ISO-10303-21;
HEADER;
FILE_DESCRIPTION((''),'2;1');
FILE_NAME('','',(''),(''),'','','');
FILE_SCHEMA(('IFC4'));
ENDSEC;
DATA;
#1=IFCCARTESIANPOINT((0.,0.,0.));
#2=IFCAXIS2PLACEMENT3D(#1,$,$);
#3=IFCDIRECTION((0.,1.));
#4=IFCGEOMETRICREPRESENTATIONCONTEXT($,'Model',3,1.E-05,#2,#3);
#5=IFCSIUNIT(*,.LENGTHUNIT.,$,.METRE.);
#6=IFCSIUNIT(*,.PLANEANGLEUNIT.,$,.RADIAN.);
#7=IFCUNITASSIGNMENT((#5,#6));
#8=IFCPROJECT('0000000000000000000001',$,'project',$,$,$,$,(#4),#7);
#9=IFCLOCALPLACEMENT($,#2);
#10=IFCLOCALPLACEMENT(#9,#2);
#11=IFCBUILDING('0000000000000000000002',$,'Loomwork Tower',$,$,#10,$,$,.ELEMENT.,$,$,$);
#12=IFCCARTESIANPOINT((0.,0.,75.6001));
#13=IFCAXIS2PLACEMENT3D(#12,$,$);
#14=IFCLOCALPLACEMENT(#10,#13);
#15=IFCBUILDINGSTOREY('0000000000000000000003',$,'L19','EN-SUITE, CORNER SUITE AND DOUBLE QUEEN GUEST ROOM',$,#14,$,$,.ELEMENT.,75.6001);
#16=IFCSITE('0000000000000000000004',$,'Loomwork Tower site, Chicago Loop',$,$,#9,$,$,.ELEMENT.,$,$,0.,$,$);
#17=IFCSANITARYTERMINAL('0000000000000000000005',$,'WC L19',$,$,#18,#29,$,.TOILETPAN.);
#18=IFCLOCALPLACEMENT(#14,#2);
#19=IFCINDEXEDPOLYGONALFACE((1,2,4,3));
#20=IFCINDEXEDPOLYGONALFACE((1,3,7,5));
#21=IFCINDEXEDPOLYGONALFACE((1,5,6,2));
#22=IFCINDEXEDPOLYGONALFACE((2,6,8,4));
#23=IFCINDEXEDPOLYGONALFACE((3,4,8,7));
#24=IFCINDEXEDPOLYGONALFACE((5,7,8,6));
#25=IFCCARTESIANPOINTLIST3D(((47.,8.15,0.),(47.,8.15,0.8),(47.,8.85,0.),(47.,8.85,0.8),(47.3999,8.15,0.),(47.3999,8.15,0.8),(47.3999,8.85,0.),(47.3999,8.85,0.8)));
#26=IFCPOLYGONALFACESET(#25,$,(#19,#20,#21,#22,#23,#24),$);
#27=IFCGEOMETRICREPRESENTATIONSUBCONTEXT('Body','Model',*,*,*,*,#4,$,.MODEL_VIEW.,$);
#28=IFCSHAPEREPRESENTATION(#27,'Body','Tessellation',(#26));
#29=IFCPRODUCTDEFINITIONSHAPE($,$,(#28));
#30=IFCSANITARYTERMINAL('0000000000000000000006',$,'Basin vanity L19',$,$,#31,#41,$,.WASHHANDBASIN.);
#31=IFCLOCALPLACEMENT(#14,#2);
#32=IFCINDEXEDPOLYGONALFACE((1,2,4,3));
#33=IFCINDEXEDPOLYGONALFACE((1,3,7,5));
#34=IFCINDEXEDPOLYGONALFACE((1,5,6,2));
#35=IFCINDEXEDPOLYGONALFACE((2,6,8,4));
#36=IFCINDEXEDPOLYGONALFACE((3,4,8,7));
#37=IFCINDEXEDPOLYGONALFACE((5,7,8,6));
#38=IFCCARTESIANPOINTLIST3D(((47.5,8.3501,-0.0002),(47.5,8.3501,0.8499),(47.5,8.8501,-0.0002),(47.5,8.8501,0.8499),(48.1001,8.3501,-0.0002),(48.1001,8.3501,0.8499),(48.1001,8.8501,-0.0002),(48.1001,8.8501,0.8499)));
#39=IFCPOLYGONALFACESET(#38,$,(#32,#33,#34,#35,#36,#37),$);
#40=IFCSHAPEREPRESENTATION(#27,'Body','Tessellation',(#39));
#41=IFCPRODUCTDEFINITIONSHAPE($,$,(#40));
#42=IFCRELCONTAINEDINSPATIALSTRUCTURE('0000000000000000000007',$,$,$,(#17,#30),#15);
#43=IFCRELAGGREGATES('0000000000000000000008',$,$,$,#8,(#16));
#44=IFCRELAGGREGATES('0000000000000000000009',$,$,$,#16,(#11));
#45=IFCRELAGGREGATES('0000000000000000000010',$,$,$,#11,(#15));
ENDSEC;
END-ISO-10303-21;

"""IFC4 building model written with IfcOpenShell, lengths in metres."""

from ifc_helpers import new_model, si_unit, direction, frame, origin, origin_2d, place, context, subcontext, project, spatial, rectangle, extrude, element, save


model = new_model("IFC4")

# Units and contexts
model_context = context("Model", 3, precision=1e-05, world=origin(), true_north=direction((0.0, 1.0)))
body_context = subcontext(model_context, "Body", "Model", "MODEL_VIEW")
ifc_project = project(units=[si_unit("LENGTHUNIT", "METRE"), si_unit("PLANEANGLEUNIT", "RADIAN")], contexts=[model_context])

# Site, building, storey
site_placement = place(None, origin())
site = spatial("IfcSite", under=ifc_project, at=site_placement, Name="Loomwork Tower site, Chicago Loop", CompositionType="ELEMENT", RefElevation=0.0)
building_placement = place(site_placement, origin())
building = spatial("IfcBuilding", under=site, at=building_placement, Name="Loomwork Tower", CompositionType="ELEMENT")
storey_placement = place(building_placement, frame((0.0, 0.0, 75.6001)))
storey = spatial("IfcBuildingStorey", under=building, at=storey_placement, Name="L19", Description="EN-SUITE, CORNER SUITE AND DOUBLE QUEEN GUEST ROOM", CompositionType="ELEMENT", Elevation=75.6001)

# Sanitary terminals
sanitary_terminal_1_placement = place(storey_placement, frame((47.2, 8.5, 0.0), z_axis=(0.0, 0.0, 1.0), x_axis=(1.0, 0.0, 0.0)))
element("IfcSanitaryTerminal", 1, at=sanitary_terminal_1_placement, inside=storey, Name="WC L19", PredefinedType="TOILETPAN", context=body_context, shape_type="SweptSolid", body=[
    extrude(rectangle(XDim=0.3999, YDim=0.7, at=origin_2d()), origin(), (0.0, 0.0, 1.0), 0.8),
])
sanitary_terminal_2_placement = place(storey_placement, frame((47.8, 8.6001, -0.0002), z_axis=(0.0, 0.0, 1.0), x_axis=(1.0, 0.0, 0.0)))
element("IfcSanitaryTerminal", 2, at=sanitary_terminal_2_placement, inside=storey, Name="Basin vanity L19", PredefinedType="WASHHANDBASIN", context=body_context, shape_type="SweptSolid", body=[
    extrude(rectangle(XDim=0.6001, YDim=0.5, at=origin_2d()), origin(), (0.0, 0.0, 1.0), 0.8501),
])

save(model, "model.ifc")
